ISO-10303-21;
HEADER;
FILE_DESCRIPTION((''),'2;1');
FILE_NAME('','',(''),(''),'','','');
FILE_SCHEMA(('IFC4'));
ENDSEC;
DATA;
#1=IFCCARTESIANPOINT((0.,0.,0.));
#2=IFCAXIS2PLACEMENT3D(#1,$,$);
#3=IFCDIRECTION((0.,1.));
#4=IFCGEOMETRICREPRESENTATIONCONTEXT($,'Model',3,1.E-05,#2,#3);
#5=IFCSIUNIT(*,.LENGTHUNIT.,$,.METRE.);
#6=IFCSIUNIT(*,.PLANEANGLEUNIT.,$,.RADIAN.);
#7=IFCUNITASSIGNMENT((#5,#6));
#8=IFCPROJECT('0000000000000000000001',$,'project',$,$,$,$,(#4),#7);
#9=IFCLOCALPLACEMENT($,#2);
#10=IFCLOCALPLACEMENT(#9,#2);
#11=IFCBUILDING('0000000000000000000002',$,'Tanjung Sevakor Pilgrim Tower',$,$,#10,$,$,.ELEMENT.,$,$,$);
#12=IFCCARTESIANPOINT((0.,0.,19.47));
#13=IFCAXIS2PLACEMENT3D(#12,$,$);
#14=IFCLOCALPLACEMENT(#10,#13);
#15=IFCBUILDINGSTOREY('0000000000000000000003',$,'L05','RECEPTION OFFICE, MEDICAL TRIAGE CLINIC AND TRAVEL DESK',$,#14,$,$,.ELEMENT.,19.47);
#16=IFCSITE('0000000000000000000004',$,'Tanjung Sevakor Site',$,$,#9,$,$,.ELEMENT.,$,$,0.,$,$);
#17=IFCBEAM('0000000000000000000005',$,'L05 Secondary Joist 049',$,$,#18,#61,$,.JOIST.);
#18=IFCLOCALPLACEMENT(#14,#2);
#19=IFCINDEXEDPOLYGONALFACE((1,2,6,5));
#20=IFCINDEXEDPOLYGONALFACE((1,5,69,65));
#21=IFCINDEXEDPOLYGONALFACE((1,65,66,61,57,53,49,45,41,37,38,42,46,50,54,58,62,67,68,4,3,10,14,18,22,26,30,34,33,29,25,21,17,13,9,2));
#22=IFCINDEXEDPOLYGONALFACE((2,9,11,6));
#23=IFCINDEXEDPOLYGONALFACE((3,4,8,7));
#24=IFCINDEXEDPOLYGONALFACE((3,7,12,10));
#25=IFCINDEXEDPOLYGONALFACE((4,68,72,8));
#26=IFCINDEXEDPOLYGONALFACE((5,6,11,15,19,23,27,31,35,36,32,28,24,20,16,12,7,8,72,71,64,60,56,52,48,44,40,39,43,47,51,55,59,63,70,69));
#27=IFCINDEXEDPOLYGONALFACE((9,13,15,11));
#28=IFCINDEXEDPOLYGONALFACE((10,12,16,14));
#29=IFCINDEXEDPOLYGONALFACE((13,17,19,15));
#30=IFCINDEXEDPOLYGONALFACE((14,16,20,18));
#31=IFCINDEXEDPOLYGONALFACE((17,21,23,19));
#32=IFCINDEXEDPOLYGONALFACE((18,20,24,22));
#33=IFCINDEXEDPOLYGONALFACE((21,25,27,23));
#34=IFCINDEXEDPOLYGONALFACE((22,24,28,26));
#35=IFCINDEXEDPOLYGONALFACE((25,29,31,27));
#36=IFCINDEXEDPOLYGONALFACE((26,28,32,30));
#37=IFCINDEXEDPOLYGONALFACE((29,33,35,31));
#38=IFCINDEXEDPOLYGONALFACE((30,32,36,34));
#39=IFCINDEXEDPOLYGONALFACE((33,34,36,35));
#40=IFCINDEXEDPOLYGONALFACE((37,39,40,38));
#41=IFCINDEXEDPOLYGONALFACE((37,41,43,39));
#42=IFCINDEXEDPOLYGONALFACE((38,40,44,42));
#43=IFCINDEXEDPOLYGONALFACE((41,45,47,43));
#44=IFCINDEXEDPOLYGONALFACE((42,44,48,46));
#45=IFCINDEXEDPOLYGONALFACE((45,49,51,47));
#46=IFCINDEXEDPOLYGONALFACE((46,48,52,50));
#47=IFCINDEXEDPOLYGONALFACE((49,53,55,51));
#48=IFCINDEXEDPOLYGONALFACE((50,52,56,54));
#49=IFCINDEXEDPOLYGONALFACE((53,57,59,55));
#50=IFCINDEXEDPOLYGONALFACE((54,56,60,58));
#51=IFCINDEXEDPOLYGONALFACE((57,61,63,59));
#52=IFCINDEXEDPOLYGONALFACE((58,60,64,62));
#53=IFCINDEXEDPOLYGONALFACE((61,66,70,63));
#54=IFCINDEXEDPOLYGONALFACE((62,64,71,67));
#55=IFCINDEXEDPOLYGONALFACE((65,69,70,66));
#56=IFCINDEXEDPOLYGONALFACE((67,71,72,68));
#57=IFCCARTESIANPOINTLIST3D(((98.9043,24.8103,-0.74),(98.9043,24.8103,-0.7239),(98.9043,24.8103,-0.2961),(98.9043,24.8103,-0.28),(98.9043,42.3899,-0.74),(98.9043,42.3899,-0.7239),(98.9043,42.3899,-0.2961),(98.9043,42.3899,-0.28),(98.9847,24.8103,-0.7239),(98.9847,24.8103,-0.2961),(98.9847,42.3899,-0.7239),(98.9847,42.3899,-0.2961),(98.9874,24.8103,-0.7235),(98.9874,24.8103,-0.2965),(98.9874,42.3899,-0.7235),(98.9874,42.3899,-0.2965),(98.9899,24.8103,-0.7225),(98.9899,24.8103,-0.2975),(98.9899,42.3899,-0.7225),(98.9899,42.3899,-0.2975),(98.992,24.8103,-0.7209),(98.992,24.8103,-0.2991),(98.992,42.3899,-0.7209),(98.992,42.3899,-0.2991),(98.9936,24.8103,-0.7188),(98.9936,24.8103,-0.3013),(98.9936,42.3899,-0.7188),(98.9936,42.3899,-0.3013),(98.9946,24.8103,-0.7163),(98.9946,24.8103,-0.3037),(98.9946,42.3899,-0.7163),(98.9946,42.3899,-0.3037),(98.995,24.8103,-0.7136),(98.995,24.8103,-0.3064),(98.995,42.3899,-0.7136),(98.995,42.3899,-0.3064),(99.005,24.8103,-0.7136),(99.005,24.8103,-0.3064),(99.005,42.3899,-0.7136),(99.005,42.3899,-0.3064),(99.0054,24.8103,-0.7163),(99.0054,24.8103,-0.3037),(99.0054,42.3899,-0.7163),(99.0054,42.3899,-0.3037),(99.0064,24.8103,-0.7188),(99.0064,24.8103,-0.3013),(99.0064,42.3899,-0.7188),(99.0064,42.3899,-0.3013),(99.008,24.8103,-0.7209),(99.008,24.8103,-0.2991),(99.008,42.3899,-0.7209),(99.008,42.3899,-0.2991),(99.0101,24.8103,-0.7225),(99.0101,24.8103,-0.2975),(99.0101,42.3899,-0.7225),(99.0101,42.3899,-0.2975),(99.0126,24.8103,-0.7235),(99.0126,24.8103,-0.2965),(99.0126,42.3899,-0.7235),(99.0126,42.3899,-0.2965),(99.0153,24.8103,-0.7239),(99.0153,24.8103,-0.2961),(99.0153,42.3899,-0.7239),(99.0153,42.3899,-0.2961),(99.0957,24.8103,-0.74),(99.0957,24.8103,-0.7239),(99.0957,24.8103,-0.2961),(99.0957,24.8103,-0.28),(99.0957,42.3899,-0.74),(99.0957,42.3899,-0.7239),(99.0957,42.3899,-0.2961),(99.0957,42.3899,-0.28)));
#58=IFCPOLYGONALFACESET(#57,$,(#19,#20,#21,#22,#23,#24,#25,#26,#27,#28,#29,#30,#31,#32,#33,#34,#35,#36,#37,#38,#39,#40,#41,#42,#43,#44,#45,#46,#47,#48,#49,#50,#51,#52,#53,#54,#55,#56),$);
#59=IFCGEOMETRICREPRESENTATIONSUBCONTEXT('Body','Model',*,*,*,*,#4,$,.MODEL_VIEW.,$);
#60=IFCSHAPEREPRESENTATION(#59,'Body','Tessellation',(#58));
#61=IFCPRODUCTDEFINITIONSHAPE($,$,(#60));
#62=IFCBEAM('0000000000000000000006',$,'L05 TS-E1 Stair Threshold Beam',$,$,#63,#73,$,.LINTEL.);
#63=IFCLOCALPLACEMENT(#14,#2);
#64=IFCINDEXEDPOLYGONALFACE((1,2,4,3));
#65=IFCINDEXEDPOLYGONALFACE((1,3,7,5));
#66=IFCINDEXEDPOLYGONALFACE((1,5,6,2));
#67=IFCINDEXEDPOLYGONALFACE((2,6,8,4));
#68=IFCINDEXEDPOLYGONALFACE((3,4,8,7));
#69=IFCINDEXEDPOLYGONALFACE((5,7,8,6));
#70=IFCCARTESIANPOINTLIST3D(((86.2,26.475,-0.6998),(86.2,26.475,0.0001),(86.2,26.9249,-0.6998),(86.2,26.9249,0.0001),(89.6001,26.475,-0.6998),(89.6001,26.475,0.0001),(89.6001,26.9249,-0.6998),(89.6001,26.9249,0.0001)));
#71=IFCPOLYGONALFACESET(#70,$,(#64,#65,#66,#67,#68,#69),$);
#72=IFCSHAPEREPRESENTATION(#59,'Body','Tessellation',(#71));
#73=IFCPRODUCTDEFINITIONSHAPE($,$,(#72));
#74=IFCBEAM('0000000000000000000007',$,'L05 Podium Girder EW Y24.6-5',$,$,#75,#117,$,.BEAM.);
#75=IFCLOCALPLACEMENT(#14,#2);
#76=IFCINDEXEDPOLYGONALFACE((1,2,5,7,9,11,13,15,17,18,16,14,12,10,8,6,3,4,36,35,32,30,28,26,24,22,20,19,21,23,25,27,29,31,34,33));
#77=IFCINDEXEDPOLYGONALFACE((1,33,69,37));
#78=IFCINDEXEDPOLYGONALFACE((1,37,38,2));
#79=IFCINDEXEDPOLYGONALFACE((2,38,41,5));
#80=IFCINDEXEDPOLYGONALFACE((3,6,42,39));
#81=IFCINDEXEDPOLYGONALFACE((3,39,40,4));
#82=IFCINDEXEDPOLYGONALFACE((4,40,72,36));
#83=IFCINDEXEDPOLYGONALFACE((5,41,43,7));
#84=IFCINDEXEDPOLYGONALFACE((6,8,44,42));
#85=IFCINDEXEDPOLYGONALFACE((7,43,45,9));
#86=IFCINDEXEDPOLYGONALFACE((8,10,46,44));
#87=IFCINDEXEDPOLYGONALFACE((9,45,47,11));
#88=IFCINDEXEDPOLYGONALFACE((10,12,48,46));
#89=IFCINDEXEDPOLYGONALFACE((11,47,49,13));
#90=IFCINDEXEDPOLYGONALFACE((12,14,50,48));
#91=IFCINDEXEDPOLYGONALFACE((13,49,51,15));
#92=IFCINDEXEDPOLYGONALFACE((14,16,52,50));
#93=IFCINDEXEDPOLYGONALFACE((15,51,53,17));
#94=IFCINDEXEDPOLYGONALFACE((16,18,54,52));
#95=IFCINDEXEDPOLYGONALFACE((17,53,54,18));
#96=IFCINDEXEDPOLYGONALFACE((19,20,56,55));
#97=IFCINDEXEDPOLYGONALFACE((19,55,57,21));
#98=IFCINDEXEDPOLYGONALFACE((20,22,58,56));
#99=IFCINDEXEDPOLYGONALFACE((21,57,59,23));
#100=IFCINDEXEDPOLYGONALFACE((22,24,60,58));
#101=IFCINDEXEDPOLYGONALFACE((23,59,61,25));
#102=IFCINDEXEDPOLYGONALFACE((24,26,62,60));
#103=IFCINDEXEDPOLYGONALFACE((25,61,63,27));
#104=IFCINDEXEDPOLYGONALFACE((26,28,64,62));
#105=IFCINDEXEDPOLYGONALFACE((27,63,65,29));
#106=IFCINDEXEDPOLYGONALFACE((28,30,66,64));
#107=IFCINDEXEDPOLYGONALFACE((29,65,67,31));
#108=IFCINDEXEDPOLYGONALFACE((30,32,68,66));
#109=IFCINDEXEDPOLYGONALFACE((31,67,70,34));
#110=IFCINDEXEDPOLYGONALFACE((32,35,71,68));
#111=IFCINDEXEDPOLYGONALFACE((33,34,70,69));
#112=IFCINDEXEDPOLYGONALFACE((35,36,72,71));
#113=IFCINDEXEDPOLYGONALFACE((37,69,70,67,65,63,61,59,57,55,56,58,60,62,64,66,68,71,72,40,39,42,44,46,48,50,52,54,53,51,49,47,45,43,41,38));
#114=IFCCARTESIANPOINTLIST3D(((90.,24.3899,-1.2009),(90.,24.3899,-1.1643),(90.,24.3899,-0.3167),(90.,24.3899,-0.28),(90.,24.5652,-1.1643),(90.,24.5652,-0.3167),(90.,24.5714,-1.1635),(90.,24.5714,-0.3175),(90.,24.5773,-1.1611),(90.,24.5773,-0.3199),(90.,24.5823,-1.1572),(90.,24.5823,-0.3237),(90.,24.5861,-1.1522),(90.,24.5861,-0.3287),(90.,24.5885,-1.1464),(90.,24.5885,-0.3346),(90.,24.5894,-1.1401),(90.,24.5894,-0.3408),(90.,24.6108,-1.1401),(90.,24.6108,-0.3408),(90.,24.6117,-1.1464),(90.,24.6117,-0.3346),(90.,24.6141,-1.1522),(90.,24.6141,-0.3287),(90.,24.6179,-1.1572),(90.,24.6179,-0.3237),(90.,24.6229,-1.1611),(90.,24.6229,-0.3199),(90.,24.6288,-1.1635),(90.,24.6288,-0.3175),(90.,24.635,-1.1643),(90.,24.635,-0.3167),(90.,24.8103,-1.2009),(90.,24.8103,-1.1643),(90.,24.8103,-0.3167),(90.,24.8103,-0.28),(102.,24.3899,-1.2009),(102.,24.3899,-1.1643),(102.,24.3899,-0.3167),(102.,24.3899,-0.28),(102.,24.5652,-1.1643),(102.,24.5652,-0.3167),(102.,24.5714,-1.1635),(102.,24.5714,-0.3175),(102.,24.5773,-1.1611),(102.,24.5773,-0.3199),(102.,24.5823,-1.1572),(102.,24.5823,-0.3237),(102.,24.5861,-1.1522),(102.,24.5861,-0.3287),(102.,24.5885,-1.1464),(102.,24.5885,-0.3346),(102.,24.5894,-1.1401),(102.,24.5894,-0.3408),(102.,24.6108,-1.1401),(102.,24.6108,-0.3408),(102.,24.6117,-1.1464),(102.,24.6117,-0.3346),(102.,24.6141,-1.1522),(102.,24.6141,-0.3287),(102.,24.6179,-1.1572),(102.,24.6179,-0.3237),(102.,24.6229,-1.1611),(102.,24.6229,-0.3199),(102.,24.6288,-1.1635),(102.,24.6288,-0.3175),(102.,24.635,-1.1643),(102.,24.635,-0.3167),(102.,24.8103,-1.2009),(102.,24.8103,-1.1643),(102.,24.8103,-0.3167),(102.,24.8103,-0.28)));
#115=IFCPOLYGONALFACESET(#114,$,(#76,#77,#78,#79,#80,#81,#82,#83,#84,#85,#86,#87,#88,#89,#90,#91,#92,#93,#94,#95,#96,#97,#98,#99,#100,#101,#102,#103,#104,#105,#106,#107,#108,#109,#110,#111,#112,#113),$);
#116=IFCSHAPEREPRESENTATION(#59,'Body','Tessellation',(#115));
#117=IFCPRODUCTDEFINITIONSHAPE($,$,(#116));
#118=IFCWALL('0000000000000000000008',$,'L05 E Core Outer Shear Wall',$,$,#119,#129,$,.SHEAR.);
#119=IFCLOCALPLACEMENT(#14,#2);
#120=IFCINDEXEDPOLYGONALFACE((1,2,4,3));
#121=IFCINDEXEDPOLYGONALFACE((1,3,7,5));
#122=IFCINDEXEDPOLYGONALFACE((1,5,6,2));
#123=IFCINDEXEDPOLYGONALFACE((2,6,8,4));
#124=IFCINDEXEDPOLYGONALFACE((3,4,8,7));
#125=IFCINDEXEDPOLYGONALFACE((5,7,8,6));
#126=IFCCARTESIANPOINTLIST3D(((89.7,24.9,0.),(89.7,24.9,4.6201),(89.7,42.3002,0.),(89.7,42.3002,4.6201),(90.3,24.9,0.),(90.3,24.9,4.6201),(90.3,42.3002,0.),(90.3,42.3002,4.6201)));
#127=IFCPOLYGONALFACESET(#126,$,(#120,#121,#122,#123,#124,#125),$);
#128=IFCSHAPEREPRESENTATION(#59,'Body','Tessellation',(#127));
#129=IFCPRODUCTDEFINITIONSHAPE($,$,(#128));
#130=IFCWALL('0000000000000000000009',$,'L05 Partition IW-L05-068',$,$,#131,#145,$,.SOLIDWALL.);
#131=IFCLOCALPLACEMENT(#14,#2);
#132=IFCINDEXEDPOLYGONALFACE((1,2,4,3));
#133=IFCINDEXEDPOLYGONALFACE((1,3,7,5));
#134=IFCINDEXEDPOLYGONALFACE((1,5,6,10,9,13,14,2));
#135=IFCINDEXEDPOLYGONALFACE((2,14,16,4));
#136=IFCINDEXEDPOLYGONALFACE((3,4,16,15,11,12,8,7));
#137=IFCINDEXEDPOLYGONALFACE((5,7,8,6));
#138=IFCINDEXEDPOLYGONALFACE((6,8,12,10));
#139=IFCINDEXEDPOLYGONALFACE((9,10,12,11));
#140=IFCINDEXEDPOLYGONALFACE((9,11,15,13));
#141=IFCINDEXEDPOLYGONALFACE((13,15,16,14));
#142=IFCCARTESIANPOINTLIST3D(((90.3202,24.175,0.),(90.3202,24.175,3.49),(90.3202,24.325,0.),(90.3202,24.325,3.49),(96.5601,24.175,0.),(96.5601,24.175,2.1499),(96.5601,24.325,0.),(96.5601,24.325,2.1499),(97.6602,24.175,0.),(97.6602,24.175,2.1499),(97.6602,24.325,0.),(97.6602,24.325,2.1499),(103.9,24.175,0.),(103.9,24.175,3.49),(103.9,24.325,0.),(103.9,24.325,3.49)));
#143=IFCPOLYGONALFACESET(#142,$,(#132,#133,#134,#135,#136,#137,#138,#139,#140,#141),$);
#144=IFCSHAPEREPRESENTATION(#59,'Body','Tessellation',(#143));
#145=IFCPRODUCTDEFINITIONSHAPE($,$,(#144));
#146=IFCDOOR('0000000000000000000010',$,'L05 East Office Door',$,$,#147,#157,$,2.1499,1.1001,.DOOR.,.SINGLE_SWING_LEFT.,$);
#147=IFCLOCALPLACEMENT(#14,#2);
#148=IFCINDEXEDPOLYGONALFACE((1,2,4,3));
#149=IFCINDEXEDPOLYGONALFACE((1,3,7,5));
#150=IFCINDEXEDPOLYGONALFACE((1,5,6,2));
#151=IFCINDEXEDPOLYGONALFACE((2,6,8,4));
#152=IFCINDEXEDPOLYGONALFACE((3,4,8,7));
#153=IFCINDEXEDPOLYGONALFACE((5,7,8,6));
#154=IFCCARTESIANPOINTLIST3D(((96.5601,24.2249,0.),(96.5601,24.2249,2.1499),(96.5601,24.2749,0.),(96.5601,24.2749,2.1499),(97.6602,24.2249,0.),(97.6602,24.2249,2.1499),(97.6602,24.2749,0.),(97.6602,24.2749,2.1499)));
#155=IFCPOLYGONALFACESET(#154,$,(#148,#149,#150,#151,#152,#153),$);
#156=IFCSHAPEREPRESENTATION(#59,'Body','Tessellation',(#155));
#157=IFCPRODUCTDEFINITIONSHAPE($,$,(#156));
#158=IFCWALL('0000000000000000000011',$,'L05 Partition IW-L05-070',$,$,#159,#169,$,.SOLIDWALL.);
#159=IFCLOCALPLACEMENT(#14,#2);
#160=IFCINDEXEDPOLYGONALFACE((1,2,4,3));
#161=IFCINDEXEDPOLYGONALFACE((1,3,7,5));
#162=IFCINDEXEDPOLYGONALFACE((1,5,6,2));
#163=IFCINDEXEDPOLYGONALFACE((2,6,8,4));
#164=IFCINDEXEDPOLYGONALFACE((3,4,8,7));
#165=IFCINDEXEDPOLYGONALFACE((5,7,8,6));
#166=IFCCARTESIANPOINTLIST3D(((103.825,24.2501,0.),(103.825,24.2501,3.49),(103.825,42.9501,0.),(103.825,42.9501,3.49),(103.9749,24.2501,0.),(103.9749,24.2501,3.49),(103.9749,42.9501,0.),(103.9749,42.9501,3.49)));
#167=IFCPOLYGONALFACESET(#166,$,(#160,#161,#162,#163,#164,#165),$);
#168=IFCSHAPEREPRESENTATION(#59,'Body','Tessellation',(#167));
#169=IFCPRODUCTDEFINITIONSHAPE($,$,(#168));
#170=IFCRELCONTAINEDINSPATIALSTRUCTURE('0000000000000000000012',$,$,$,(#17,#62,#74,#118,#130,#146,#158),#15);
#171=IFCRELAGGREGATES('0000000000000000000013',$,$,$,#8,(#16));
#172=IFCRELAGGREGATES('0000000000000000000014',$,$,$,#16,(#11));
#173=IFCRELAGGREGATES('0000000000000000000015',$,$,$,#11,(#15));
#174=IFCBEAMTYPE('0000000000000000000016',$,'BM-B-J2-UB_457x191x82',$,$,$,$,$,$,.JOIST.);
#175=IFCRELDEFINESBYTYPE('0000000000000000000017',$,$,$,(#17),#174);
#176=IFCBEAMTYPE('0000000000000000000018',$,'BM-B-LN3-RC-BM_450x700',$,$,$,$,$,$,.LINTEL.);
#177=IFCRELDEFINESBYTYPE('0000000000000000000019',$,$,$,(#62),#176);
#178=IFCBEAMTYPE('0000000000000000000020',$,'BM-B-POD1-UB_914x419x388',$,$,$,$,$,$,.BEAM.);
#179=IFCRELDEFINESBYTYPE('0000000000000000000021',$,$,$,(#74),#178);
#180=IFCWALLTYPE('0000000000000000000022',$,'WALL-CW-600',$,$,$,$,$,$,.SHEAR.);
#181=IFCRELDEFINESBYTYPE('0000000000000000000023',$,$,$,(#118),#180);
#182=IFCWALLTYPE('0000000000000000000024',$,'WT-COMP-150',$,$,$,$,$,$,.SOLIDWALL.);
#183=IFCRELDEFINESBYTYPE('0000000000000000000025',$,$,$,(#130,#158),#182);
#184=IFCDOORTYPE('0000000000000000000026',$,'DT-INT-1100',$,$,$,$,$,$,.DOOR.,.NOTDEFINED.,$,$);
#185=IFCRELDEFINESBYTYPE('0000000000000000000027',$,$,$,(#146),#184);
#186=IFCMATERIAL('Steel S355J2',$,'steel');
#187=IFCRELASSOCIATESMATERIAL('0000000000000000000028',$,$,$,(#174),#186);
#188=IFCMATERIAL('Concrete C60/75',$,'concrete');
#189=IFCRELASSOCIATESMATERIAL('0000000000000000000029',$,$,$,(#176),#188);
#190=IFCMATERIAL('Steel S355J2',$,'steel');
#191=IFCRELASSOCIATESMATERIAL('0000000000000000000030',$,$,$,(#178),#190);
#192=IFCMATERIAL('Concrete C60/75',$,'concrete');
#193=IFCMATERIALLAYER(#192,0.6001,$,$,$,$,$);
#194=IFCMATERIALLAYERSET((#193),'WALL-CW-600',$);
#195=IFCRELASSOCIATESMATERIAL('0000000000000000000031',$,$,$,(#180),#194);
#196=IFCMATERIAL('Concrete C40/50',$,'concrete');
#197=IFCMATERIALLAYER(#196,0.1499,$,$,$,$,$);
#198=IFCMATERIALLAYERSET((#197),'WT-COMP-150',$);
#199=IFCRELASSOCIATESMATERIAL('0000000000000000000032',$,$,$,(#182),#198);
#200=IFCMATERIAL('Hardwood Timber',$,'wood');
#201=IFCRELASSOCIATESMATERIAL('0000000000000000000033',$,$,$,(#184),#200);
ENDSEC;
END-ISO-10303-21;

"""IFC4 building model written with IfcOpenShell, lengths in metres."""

from ifc_helpers import new_model, si_unit, direction, frame, frame_2d, origin, origin_2d, place, context, subcontext, project, spatial, rectangle, i_section, extrude, material, layer, layer_set, material_profile, profile_set, type_object, element, fill, save


model = new_model("IFC4")

# Units and contexts
model_context = context("Model", 3, precision=1e-05, world=origin(), true_north=direction((0.0, 1.0)))
body_context = subcontext(model_context, "Body", "Model", "MODEL_VIEW")
ifc_project = project(units=[si_unit("LENGTHUNIT", "METRE"), si_unit("PLANEANGLEUNIT", "RADIAN")], contexts=[model_context])

# Site, building, storey
site_placement = place(None, origin())
site = spatial("IfcSite", under=ifc_project, at=site_placement, Name="Tanjung Sevakor Site", CompositionType="ELEMENT", RefElevation=0.0)
building_placement = place(site_placement, origin())
building = spatial("IfcBuilding", under=site, at=building_placement, Name="Tanjung Sevakor Pilgrim Tower", CompositionType="ELEMENT")
storey_placement = place(building_placement, frame((0.0, 0.0, 19.47)))
storey = spatial("IfcBuildingStorey", under=building, at=storey_placement, Name="L05", Description="RECEPTION OFFICE, MEDICAL TRIAGE CLINIC AND TRAVEL DESK", CompositionType="ELEMENT", Elevation=19.47)

# Beams
ifc_material_1 = material(Name="Steel S355J2", Category="steel")
ifc_material_profile_1 = material_profile(ifc_material_1, i_section(OverallWidth=0.1914, OverallDepth=0.46, WebThickness=0.01, FlangeThickness=0.0161, FilletRadius=0.0103, at=origin_2d()))
ifc_profile_set_1 = profile_set([ifc_material_profile_1], Name="Steel S355J2")
beam_type_1 = type_object("IfcBeamType", Name="BM-B-J2-UB_457x191x82", PredefinedType="JOIST", material=ifc_profile_set_1)
for number, where, z_axis, x_axis, name in (
    (1, (99.0, 24.8103, -0.51), (0.0, 1.0, 0.0), (-1.0, 0.0, 0.0), "L05 Secondary Joist 049"),
):
    element("IfcBeam", number, at=place(storey_placement, frame(where, z_axis=z_axis, x_axis=x_axis)), inside=storey, type_object=beam_type_1, Name=name, PredefinedType="JOIST", context=body_context, shape_type="SweptSolid", body=[
        extrude(i_section(OverallWidth=0.1914, OverallDepth=0.46, WebThickness=0.01, FlangeThickness=0.0161, FilletRadius=0.0103, at=origin_2d()), origin(), (0.0, 0.0, 1.0), 17.5796),
    ])
ifc_material_2 = material(Name="Concrete C60/75", Category="concrete")
ifc_material_profile_2 = material_profile(ifc_material_2, rectangle(XDim=0.45, YDim=0.7, at=origin_2d()))
ifc_profile_set_2 = profile_set([ifc_material_profile_2], Name="Concrete C60/75")
beam_type_2 = type_object("IfcBeamType", Name="BM-B-LN3-RC-BM_450x700", PredefinedType="LINTEL", material=ifc_profile_set_2)
beam_1_placement = place(storey_placement, frame((86.2, 26.7, -0.3499), z_axis=(1.0, 0.0, 0.0), x_axis=(0.0, 1.0, 0.0)))
element("IfcBeam", 2, at=beam_1_placement, inside=storey, type_object=beam_type_2, Name="L05 TS-E1 Stair Threshold Beam", PredefinedType="LINTEL", context=body_context, shape_type="SweptSolid", body=[
    extrude(rectangle(XDim=0.45, YDim=0.7, at=origin_2d()), origin(), (0.0, 0.0, 1.0), 3.4001),
])
ifc_material_3 = material(Name="Steel S355J2", Category="steel")
ifc_material_profile_3 = material_profile(ifc_material_3, i_section(OverallWidth=0.4204, OverallDepth=0.9209, WebThickness=0.0215, FlangeThickness=0.0366, FilletRadius=0.0242, at=origin_2d()))
ifc_profile_set_3 = profile_set([ifc_material_profile_3], Name="Steel S355J2")
beam_type_3 = type_object("IfcBeamType", Name="BM-B-POD1-UB_914x419x388", PredefinedType="BEAM", material=ifc_profile_set_3)
beam_2_placement = place(storey_placement, frame((90.0, 24.6001, -0.7405), z_axis=(1.0, 0.0, 0.0), x_axis=(0.0, 1.0, 0.0)))
element("IfcBeam", 3, at=beam_2_placement, inside=storey, type_object=beam_type_3, Name="L05 Podium Girder EW Y24.6-5", PredefinedType="BEAM", context=body_context, shape_type="SweptSolid", body=[
    extrude(i_section(OverallWidth=0.4204, OverallDepth=0.9209, WebThickness=0.0215, FlangeThickness=0.0366, FilletRadius=0.0242, at=origin_2d()), origin(), (0.0, 0.0, 1.0), 12.0),
])

# Wall
ifc_material_4 = material(Name="Concrete C60/75", Category="concrete")
ifc_layer_1 = layer(ifc_material_4, 0.6001)
ifc_layer_set_1 = layer_set([ifc_layer_1], Name="WALL-CW-600")
wall_type_1 = type_object("IfcWallType", Name="WALL-CW-600", PredefinedType="SHEAR", material=ifc_layer_set_1)
wall_1_placement = place(storey_placement, frame((90.0, 24.8999, 0.0), z_axis=(0.0, 0.0, 1.0), x_axis=(0.0, 1.0, 0.0)))
element("IfcWall", 4, at=wall_1_placement, inside=storey, type_object=wall_type_1, Name="L05 E Core Outer Shear Wall", PredefinedType="SHEAR", context=body_context, shape_type="SweptSolid", body=[
    extrude(rectangle(XDim=17.4001, YDim=0.6001, at=frame_2d((8.7002, 0.0))), origin(), (0.0, 0.0, 1.0), 4.6201),
])

# Wall, opening, door
ifc_material_5 = material(Name="Concrete C40/50", Category="concrete")
ifc_layer_2 = layer(ifc_material_5, 0.1499)
ifc_layer_set_2 = layer_set([ifc_layer_2], Name="WT-COMP-150")
wall_type_2 = type_object("IfcWallType", Name="WT-COMP-150", PredefinedType="SOLIDWALL", material=ifc_layer_set_2)
wall_2_placement = place(storey_placement, frame((90.3201, 24.25, 0.0), z_axis=(0.0, 0.0, 1.0), x_axis=(1.0, 0.0, 0.0)))
wall_2 = element("IfcWall", 5, at=wall_2_placement, inside=storey, type_object=wall_type_2, Name="L05 Partition IW-L05-068", PredefinedType="SOLIDWALL", context=body_context, shape_type="SweptSolid", body=[
    extrude(rectangle(XDim=13.5798, YDim=0.1499, at=frame_2d((6.79, 0.0))), origin(), (0.0, 0.0, 1.0), 3.49),
])
opening_1_placement = place(wall_2_placement, frame((6.24, 0.0, 0.0)))
opening_1 = element("IfcOpeningElement", 6, at=opening_1_placement, cuts=wall_2, PredefinedType="OPENING", context=body_context, shape_type="SweptSolid", body=[
    extrude(rectangle(XDim=1.1001, YDim=2.1499, at=frame_2d((0.55, 1.075))), frame((0.0, 0.085, 0.0), z_axis=(0.0, -1.0, 0.0), x_axis=(1.0, 0.0, 0.0)), (0.0, 0.0, 1.0), 0.1699),
])
ifc_material_6 = material(Name="Hardwood Timber", Category="wood")
door_type_1 = type_object("IfcDoorType", Name="DT-INT-1100", OperationType="NOTDEFINED", PredefinedType="DOOR", material=ifc_material_6)
door_1_placement = place(opening_1_placement, origin())
door_1 = element("IfcDoor", 7, at=door_1_placement, inside=storey, type_object=door_type_1, Name="L05 East Office Door", OperationType="SINGLE_SWING_LEFT", OverallHeight=2.1499, OverallWidth=1.1001, PredefinedType="DOOR", context=body_context, shape_type="SweptSolid", body=[
    extrude(rectangle(XDim=1.1001, YDim=2.1499, at=frame_2d((0.55, 1.075))), frame((0.0, 0.0249, 0.0), z_axis=(0.0, -1.0, 0.0), x_axis=(1.0, 0.0, 0.0)), (0.0, 0.0, 1.0), 0.05),
])
fill(opening_1, door_1)

# Wall
wall_3_placement = place(storey_placement, frame((103.8999, 24.25, 0.0), z_axis=(0.0, 0.0, 1.0), x_axis=(0.0, 1.0, 0.0)))
element("IfcWall", 8, at=wall_3_placement, inside=storey, type_object=wall_type_2, Name="L05 Partition IW-L05-070", PredefinedType="SOLIDWALL", context=body_context, shape_type="SweptSolid", body=[
    extrude(rectangle(XDim=18.7, YDim=0.1499, at=frame_2d((9.3501, 0.0))), origin(), (0.0, 0.0, 1.0), 3.49),
])

save(model, "model.ifc")
